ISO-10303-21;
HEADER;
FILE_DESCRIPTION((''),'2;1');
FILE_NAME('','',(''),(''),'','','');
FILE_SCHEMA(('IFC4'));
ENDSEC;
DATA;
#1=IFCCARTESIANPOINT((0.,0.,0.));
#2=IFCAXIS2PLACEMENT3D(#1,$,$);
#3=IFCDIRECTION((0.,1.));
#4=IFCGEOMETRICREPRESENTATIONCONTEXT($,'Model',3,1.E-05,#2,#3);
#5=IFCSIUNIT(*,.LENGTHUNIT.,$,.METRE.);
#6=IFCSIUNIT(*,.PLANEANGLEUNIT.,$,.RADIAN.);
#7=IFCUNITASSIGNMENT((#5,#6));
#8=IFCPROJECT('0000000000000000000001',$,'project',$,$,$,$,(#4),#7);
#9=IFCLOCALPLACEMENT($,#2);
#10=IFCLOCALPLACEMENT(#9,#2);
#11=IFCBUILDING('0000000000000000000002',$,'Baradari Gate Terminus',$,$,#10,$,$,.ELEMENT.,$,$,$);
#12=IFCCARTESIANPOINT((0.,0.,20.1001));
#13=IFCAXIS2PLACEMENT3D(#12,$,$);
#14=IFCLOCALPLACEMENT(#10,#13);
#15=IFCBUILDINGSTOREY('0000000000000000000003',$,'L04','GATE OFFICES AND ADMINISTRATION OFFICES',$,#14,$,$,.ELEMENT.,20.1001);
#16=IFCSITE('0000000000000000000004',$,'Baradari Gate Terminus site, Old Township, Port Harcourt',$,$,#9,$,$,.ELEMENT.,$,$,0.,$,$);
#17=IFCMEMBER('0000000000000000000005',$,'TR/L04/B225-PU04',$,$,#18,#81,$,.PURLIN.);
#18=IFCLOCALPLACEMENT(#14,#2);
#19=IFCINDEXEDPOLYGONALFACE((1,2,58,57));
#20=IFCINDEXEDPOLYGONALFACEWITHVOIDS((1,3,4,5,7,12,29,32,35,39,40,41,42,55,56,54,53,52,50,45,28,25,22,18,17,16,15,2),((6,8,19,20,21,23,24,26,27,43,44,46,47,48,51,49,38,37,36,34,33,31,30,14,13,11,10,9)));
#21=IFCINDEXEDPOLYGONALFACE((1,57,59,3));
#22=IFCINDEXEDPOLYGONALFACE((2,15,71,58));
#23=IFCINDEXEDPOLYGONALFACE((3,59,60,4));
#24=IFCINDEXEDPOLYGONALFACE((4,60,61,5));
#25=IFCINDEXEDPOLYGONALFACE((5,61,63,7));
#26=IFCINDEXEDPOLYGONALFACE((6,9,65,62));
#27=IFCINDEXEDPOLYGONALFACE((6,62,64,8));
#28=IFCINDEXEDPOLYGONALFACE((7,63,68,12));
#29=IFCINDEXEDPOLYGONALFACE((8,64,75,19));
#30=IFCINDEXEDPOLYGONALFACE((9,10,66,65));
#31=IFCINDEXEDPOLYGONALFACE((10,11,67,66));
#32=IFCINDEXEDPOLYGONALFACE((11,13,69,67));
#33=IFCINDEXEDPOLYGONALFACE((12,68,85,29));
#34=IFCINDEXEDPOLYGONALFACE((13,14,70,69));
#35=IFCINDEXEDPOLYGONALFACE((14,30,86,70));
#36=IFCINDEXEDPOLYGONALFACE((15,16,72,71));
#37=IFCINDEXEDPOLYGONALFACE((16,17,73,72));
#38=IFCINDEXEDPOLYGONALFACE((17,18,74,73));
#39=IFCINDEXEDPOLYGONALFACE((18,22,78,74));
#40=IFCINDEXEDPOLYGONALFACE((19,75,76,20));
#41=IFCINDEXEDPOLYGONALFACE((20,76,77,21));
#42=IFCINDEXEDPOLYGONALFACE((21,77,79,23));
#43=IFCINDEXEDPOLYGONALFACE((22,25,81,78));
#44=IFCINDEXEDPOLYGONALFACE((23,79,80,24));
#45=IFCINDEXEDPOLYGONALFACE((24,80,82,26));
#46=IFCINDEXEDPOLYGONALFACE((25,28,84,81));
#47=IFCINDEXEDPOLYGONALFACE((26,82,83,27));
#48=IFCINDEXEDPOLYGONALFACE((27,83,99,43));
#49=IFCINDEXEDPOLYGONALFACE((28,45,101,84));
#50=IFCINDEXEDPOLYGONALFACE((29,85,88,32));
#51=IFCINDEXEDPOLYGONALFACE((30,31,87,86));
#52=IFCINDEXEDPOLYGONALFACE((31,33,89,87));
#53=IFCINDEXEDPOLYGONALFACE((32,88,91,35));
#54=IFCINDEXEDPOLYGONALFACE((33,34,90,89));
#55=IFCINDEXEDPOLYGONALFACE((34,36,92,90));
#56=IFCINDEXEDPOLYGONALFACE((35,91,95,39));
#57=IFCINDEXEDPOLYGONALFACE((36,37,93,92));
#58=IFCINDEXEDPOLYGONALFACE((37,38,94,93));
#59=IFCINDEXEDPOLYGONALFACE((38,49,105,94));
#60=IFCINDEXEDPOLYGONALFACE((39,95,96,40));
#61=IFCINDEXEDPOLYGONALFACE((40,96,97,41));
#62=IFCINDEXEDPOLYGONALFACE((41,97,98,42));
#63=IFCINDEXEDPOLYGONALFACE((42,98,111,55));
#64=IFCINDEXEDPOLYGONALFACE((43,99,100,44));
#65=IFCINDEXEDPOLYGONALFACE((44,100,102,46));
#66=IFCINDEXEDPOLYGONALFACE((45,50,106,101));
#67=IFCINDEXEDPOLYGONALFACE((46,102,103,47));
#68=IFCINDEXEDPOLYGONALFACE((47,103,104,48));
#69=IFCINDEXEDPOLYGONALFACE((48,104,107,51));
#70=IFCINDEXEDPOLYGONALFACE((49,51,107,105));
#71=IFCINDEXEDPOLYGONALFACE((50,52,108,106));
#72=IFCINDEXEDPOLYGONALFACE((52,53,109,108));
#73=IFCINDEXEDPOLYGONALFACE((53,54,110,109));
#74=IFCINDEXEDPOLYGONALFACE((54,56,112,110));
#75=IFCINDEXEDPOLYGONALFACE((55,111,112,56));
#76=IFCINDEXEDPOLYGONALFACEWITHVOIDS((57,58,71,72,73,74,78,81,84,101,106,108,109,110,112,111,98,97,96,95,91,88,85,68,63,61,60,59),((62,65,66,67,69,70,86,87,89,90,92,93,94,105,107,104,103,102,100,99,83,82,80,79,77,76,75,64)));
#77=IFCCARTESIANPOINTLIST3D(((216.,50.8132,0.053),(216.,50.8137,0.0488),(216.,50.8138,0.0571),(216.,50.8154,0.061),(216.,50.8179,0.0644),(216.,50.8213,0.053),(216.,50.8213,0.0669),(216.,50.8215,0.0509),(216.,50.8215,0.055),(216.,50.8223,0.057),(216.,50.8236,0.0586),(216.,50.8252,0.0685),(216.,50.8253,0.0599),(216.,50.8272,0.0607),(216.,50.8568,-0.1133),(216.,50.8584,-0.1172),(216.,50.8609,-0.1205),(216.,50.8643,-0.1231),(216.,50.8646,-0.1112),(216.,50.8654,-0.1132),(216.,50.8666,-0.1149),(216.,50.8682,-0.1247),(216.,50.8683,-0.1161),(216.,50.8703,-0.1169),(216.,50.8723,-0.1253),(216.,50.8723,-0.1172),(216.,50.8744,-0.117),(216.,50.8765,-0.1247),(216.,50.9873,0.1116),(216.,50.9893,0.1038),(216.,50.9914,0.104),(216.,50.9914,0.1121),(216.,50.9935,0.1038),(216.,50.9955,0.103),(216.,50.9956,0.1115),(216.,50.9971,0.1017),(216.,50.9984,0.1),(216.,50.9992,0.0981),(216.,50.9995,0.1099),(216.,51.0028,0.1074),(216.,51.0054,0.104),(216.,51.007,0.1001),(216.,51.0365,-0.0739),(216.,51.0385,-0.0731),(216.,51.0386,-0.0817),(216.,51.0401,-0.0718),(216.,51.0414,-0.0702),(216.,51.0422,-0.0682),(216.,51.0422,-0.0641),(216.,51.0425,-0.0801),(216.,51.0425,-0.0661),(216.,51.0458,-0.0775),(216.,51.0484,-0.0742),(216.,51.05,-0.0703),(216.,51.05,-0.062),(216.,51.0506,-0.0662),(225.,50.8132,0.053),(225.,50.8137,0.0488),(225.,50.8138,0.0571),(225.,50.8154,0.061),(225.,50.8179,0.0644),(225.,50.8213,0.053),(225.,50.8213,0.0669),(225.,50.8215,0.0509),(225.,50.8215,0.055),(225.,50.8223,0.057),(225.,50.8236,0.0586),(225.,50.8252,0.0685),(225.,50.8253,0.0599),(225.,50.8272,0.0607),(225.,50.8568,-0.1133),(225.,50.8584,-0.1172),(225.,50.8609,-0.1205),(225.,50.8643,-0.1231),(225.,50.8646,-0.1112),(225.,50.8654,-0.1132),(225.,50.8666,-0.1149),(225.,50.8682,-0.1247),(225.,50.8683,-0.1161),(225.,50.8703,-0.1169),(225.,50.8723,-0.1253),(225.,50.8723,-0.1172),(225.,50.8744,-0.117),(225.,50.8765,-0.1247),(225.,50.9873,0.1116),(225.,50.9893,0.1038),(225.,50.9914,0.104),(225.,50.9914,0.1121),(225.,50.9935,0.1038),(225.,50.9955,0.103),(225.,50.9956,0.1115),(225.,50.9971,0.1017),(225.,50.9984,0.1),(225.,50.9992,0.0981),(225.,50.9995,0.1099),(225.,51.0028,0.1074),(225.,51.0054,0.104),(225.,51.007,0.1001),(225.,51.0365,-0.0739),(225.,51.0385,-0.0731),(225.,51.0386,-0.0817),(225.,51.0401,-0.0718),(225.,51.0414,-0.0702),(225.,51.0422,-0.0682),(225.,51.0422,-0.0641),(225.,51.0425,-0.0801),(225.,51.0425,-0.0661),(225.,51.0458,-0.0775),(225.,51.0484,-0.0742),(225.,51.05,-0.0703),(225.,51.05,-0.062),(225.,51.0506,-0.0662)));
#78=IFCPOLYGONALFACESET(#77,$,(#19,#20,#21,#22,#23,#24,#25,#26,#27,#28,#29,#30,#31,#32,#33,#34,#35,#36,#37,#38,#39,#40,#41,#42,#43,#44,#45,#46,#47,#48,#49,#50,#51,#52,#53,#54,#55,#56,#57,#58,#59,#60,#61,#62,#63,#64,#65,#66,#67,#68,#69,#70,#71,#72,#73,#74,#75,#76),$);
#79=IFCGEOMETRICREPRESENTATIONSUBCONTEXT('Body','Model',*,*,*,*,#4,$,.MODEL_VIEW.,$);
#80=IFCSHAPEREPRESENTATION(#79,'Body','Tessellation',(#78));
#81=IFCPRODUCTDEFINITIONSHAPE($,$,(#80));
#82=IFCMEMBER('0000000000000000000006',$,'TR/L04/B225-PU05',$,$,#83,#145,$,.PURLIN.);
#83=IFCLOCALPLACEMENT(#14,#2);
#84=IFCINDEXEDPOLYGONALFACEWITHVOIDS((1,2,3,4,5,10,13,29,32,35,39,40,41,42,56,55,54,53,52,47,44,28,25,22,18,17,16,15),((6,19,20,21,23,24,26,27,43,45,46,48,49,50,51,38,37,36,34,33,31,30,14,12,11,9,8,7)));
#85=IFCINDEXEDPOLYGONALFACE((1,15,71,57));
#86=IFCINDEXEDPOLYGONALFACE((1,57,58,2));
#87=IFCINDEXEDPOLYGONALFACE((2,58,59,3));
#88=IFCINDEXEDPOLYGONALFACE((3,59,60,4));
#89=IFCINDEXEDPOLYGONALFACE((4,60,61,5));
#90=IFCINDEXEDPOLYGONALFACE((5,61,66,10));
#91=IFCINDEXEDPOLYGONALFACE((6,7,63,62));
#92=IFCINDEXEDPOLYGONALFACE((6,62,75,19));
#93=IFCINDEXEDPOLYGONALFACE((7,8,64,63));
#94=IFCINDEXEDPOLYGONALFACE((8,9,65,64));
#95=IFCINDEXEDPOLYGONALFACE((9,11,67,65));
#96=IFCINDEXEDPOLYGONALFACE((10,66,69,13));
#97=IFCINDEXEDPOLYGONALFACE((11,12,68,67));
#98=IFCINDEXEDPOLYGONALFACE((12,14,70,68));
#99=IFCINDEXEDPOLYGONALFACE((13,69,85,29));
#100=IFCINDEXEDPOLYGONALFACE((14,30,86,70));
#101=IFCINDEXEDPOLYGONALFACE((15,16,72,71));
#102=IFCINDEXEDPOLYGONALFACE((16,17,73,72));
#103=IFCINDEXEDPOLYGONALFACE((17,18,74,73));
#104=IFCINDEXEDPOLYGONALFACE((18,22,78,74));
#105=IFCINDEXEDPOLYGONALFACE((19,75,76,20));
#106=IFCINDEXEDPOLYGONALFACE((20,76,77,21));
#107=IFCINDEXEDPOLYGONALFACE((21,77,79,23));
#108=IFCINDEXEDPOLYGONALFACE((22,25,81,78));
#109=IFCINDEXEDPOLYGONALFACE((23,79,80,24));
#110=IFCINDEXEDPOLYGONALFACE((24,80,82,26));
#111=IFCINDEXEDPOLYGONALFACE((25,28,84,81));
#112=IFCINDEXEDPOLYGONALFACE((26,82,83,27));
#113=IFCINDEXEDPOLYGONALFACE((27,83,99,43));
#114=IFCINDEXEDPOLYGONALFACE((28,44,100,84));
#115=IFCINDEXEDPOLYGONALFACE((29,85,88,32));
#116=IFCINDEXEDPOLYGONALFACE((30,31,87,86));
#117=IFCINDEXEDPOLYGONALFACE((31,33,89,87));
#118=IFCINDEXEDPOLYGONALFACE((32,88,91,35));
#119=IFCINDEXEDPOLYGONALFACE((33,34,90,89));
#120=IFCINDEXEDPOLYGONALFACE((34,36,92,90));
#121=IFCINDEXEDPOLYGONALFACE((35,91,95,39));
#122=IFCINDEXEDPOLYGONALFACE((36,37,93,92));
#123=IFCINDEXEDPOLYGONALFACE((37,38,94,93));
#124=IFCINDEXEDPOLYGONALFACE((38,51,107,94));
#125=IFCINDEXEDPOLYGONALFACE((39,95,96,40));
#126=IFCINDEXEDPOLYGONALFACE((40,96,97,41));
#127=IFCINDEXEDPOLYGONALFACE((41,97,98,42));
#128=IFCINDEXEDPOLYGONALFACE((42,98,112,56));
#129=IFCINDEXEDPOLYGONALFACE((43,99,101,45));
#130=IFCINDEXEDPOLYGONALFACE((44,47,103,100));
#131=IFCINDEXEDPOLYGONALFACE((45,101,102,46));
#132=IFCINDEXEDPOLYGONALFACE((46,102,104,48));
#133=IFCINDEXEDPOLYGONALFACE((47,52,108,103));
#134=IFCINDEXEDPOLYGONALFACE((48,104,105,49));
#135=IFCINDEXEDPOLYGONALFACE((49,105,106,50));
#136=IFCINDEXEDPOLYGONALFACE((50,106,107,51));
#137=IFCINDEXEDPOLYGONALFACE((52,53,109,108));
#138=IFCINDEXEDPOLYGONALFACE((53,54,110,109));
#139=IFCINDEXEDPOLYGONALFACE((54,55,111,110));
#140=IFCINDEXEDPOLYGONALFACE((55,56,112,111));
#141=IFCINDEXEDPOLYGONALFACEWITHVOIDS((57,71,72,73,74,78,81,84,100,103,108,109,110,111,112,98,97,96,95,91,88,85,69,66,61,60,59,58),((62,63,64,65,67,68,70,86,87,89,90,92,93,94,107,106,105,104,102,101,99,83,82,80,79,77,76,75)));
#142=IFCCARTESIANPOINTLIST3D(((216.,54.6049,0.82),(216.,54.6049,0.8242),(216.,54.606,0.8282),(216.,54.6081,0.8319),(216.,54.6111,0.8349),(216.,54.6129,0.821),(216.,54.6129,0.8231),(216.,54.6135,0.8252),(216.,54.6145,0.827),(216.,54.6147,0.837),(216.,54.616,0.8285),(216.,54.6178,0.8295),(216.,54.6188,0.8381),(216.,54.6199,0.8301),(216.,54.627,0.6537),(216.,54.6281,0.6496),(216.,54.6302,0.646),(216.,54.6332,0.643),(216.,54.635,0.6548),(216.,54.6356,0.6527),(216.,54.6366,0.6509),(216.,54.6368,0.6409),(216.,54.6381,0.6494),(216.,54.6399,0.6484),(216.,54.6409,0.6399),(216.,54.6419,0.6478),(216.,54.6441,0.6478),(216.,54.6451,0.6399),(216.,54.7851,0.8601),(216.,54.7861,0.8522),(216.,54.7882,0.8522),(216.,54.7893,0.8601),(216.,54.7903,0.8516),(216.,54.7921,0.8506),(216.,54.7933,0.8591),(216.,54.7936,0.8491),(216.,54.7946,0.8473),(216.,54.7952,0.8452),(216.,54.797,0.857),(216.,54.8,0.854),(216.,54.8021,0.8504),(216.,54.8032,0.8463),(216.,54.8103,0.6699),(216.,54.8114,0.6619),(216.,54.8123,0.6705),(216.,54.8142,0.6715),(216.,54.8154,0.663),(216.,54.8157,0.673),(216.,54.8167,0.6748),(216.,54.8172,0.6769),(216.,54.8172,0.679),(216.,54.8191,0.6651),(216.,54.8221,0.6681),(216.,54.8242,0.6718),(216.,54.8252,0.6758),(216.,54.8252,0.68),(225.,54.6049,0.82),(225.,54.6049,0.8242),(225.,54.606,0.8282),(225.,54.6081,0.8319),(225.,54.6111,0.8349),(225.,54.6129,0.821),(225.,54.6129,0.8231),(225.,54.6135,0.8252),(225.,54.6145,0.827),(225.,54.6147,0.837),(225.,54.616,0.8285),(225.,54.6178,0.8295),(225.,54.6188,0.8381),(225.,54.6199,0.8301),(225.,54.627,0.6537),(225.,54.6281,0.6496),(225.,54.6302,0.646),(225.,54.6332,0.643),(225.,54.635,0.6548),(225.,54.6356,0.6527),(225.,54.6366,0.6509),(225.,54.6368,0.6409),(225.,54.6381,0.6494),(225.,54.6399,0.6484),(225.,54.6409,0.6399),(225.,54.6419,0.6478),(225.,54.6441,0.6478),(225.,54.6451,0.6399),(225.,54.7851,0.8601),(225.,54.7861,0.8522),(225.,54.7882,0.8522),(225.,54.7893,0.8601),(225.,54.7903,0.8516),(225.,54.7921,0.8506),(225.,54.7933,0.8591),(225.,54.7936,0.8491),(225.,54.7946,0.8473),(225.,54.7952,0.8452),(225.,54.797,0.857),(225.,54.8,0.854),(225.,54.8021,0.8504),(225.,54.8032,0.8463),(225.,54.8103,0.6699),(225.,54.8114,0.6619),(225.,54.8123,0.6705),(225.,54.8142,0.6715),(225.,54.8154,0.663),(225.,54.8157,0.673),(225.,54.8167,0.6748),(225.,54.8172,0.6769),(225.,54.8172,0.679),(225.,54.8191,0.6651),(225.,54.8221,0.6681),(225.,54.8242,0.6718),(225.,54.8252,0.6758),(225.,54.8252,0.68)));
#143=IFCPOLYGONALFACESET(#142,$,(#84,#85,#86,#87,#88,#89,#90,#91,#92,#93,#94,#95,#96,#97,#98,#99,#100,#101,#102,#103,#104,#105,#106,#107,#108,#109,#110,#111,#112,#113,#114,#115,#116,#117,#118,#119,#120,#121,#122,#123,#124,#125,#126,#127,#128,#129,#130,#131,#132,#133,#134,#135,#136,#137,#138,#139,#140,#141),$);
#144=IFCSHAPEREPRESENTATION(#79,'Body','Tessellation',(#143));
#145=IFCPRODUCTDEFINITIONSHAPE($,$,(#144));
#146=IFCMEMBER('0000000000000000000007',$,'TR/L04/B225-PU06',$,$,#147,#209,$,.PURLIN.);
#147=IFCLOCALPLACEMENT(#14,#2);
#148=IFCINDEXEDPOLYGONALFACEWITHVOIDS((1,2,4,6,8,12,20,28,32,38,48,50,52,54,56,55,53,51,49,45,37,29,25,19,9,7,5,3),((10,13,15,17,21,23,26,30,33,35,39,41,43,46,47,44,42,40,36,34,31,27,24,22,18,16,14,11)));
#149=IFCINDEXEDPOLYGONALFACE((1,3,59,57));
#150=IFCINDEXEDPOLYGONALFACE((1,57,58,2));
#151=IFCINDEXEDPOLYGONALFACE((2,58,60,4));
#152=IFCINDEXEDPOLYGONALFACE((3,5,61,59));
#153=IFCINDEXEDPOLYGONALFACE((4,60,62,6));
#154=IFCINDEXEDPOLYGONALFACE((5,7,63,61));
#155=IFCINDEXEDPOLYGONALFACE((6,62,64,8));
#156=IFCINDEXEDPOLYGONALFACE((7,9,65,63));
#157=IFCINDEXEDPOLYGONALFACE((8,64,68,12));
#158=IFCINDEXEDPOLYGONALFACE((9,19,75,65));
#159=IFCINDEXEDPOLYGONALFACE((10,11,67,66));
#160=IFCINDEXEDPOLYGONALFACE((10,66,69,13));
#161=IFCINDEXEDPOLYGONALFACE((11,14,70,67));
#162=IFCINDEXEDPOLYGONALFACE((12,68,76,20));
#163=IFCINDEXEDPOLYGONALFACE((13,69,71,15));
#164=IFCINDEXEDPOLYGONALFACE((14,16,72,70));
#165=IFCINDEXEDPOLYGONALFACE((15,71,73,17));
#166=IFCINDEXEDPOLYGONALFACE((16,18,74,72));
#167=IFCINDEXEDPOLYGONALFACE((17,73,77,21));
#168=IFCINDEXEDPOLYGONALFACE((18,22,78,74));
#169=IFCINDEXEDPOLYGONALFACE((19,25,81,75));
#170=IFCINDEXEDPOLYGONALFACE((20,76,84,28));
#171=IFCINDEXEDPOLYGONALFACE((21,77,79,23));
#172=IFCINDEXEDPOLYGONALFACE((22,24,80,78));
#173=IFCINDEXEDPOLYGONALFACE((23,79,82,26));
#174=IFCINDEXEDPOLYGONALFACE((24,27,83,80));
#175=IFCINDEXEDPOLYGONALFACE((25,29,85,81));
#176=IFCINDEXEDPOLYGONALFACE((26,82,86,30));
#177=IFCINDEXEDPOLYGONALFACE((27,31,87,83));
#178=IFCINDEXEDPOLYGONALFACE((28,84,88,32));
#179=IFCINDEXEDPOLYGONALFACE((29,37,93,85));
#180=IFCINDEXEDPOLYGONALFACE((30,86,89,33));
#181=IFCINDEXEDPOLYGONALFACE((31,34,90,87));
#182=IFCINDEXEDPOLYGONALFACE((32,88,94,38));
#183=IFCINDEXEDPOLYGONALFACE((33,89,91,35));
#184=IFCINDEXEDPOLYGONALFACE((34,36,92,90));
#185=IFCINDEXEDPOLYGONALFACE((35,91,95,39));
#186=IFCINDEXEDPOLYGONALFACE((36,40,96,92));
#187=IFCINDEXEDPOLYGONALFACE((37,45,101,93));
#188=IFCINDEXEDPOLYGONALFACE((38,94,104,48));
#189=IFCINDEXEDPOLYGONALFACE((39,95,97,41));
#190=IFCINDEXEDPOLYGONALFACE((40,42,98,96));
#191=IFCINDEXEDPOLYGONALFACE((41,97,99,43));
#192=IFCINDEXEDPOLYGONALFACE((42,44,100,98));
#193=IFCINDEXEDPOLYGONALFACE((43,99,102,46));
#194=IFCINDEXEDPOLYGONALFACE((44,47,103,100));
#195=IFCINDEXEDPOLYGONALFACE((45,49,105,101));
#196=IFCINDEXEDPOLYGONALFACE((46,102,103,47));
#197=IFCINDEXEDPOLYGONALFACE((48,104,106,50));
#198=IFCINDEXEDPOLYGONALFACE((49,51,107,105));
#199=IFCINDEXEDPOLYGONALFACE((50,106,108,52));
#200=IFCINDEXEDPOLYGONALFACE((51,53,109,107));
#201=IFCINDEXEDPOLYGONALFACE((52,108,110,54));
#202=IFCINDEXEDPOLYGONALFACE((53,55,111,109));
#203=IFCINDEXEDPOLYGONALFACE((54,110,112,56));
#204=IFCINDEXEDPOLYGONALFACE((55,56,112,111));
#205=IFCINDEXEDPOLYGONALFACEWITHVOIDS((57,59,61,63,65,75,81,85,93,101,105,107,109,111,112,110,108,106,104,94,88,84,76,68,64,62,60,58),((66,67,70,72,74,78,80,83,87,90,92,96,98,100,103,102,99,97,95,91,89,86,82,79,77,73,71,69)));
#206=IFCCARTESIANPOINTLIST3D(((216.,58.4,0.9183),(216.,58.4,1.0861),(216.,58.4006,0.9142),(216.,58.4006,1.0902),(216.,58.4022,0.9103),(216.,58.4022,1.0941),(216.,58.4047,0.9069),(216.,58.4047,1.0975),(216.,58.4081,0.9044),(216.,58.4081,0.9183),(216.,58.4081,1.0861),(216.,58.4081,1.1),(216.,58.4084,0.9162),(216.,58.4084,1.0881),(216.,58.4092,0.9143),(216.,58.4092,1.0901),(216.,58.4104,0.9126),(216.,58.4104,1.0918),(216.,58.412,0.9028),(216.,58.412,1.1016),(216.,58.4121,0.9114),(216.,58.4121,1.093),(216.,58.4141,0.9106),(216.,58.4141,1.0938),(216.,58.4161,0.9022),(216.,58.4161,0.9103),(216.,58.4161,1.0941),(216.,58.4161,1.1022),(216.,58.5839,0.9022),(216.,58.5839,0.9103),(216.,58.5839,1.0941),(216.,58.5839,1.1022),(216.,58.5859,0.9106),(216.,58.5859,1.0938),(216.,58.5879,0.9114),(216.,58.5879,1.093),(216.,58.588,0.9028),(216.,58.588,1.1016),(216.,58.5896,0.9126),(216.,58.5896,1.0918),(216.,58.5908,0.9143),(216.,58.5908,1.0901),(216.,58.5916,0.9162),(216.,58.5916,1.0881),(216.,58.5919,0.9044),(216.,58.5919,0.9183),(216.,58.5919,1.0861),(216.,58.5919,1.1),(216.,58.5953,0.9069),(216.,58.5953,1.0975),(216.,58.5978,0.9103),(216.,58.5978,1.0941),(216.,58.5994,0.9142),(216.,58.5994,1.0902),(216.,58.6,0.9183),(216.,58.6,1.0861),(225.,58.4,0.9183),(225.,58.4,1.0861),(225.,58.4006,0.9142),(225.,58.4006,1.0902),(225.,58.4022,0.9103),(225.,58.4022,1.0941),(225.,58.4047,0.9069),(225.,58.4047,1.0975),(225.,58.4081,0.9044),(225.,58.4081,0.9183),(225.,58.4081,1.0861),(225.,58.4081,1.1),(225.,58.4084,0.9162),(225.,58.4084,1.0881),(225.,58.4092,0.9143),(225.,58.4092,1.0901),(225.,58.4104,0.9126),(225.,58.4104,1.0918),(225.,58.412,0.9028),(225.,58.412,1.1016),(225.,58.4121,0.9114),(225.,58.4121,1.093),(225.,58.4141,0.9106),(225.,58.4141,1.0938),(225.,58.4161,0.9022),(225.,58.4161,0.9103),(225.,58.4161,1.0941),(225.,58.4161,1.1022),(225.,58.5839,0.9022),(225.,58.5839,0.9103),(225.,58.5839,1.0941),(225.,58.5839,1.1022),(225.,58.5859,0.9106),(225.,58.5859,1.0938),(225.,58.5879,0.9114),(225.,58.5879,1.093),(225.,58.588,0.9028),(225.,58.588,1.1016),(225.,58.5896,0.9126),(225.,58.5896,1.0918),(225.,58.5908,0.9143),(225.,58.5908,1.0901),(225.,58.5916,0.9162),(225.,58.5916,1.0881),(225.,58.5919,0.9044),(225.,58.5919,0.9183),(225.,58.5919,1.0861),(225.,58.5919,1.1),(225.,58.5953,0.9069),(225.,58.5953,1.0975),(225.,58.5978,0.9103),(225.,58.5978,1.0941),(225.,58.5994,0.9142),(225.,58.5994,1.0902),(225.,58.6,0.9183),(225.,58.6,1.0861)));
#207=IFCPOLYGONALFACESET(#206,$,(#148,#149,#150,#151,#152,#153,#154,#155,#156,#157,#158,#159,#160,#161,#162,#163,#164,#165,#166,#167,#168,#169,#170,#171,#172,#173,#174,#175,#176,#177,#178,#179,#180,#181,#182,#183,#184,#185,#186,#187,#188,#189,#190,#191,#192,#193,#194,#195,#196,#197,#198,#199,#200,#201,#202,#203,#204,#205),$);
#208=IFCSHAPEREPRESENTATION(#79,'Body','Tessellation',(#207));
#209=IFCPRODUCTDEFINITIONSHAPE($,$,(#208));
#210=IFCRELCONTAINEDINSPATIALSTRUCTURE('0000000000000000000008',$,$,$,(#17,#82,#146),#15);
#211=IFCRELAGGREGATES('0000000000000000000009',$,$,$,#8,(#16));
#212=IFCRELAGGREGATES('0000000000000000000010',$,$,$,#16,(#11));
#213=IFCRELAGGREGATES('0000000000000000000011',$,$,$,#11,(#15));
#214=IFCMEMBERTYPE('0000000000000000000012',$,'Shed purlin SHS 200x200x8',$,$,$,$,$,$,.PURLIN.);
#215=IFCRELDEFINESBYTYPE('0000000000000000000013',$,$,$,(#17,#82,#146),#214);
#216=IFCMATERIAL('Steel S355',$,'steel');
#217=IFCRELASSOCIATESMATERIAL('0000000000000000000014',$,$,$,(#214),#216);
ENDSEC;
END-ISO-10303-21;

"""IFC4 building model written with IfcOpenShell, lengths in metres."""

from ifc_helpers import new_model, si_unit, direction, frame, origin, origin_2d, place, context, subcontext, project, spatial, hollow_rectangle, extrude, material, material_profile, profile_set, type_object, element, save


model = new_model("IFC4")

# Units and contexts
model_context = context("Model", 3, precision=1e-05, world=origin(), true_north=direction((0.0, 1.0)))
body_context = subcontext(model_context, "Body", "Model", "MODEL_VIEW")
ifc_project = project(units=[si_unit("LENGTHUNIT", "METRE"), si_unit("PLANEANGLEUNIT", "RADIAN")], contexts=[model_context])

# Site, building, storey
site_placement = place(None, origin())
site = spatial("IfcSite", under=ifc_project, at=site_placement, Name="Baradari Gate Terminus site, Old Township, Port Harcourt", CompositionType="ELEMENT", RefElevation=0.0)
building_placement = place(site_placement, origin())
building = spatial("IfcBuilding", under=site, at=building_placement, Name="Baradari Gate Terminus", CompositionType="ELEMENT")
storey_placement = place(building_placement, frame((0.0, 0.0, 20.1001)))
storey = spatial("IfcBuildingStorey", under=building, at=storey_placement, Name="L04", Description="GATE OFFICES AND ADMINISTRATION OFFICES", CompositionType="ELEMENT", Elevation=20.1001)

# Members
ifc_material_1 = material(Name="Steel S355", Category="steel")
ifc_material_profile_1 = material_profile(ifc_material_1, hollow_rectangle(XDim=0.2, YDim=0.2, WallThickness=0.0081, InnerFilletRadius=0.0081, OuterFilletRadius=0.0161, at=origin_2d()), Name="SHS 200x200x8")
ifc_profile_set_1 = profile_set([ifc_material_profile_1], Name="Steel S355")
member_type_1 = type_object("IfcMemberType", Name="Shed purlin SHS 200x200x8", PredefinedType="PURLIN", material=ifc_profile_set_1)
for number, where, z_axis, x_axis, name in (
    (1, (216.0, 50.9319, -0.0066), (1.0, 0.0, 0.0), (0.0, 0.9665, 0.256668), "TR/L04/B225-PU04"),
    (2, (216.0, 54.7151, 0.75), (1.0, 0.0, 0.0), (0.0, 0.991303, 0.131599), "TR/L04/B225-PU05"),
    (3, (216.0, 58.5, 1.0022), (1.0, 0.0, 0.0), (0.0, 1.0, 0.0), "TR/L04/B225-PU06"),
):
    element("IfcMember", number, at=place(storey_placement, frame(where, z_axis=z_axis, x_axis=x_axis)), inside=storey, type_object=member_type_1, Name=name, PredefinedType="PURLIN", context=body_context, shape_type="SweptSolid", body=[
        extrude(hollow_rectangle(XDim=0.2, YDim=0.2, WallThickness=0.0081, InnerFilletRadius=0.0081, OuterFilletRadius=0.0161, at=origin_2d()), origin(), (0.0, 0.0, 1.0), 9.0),
    ])

save(model, "model.ifc")
